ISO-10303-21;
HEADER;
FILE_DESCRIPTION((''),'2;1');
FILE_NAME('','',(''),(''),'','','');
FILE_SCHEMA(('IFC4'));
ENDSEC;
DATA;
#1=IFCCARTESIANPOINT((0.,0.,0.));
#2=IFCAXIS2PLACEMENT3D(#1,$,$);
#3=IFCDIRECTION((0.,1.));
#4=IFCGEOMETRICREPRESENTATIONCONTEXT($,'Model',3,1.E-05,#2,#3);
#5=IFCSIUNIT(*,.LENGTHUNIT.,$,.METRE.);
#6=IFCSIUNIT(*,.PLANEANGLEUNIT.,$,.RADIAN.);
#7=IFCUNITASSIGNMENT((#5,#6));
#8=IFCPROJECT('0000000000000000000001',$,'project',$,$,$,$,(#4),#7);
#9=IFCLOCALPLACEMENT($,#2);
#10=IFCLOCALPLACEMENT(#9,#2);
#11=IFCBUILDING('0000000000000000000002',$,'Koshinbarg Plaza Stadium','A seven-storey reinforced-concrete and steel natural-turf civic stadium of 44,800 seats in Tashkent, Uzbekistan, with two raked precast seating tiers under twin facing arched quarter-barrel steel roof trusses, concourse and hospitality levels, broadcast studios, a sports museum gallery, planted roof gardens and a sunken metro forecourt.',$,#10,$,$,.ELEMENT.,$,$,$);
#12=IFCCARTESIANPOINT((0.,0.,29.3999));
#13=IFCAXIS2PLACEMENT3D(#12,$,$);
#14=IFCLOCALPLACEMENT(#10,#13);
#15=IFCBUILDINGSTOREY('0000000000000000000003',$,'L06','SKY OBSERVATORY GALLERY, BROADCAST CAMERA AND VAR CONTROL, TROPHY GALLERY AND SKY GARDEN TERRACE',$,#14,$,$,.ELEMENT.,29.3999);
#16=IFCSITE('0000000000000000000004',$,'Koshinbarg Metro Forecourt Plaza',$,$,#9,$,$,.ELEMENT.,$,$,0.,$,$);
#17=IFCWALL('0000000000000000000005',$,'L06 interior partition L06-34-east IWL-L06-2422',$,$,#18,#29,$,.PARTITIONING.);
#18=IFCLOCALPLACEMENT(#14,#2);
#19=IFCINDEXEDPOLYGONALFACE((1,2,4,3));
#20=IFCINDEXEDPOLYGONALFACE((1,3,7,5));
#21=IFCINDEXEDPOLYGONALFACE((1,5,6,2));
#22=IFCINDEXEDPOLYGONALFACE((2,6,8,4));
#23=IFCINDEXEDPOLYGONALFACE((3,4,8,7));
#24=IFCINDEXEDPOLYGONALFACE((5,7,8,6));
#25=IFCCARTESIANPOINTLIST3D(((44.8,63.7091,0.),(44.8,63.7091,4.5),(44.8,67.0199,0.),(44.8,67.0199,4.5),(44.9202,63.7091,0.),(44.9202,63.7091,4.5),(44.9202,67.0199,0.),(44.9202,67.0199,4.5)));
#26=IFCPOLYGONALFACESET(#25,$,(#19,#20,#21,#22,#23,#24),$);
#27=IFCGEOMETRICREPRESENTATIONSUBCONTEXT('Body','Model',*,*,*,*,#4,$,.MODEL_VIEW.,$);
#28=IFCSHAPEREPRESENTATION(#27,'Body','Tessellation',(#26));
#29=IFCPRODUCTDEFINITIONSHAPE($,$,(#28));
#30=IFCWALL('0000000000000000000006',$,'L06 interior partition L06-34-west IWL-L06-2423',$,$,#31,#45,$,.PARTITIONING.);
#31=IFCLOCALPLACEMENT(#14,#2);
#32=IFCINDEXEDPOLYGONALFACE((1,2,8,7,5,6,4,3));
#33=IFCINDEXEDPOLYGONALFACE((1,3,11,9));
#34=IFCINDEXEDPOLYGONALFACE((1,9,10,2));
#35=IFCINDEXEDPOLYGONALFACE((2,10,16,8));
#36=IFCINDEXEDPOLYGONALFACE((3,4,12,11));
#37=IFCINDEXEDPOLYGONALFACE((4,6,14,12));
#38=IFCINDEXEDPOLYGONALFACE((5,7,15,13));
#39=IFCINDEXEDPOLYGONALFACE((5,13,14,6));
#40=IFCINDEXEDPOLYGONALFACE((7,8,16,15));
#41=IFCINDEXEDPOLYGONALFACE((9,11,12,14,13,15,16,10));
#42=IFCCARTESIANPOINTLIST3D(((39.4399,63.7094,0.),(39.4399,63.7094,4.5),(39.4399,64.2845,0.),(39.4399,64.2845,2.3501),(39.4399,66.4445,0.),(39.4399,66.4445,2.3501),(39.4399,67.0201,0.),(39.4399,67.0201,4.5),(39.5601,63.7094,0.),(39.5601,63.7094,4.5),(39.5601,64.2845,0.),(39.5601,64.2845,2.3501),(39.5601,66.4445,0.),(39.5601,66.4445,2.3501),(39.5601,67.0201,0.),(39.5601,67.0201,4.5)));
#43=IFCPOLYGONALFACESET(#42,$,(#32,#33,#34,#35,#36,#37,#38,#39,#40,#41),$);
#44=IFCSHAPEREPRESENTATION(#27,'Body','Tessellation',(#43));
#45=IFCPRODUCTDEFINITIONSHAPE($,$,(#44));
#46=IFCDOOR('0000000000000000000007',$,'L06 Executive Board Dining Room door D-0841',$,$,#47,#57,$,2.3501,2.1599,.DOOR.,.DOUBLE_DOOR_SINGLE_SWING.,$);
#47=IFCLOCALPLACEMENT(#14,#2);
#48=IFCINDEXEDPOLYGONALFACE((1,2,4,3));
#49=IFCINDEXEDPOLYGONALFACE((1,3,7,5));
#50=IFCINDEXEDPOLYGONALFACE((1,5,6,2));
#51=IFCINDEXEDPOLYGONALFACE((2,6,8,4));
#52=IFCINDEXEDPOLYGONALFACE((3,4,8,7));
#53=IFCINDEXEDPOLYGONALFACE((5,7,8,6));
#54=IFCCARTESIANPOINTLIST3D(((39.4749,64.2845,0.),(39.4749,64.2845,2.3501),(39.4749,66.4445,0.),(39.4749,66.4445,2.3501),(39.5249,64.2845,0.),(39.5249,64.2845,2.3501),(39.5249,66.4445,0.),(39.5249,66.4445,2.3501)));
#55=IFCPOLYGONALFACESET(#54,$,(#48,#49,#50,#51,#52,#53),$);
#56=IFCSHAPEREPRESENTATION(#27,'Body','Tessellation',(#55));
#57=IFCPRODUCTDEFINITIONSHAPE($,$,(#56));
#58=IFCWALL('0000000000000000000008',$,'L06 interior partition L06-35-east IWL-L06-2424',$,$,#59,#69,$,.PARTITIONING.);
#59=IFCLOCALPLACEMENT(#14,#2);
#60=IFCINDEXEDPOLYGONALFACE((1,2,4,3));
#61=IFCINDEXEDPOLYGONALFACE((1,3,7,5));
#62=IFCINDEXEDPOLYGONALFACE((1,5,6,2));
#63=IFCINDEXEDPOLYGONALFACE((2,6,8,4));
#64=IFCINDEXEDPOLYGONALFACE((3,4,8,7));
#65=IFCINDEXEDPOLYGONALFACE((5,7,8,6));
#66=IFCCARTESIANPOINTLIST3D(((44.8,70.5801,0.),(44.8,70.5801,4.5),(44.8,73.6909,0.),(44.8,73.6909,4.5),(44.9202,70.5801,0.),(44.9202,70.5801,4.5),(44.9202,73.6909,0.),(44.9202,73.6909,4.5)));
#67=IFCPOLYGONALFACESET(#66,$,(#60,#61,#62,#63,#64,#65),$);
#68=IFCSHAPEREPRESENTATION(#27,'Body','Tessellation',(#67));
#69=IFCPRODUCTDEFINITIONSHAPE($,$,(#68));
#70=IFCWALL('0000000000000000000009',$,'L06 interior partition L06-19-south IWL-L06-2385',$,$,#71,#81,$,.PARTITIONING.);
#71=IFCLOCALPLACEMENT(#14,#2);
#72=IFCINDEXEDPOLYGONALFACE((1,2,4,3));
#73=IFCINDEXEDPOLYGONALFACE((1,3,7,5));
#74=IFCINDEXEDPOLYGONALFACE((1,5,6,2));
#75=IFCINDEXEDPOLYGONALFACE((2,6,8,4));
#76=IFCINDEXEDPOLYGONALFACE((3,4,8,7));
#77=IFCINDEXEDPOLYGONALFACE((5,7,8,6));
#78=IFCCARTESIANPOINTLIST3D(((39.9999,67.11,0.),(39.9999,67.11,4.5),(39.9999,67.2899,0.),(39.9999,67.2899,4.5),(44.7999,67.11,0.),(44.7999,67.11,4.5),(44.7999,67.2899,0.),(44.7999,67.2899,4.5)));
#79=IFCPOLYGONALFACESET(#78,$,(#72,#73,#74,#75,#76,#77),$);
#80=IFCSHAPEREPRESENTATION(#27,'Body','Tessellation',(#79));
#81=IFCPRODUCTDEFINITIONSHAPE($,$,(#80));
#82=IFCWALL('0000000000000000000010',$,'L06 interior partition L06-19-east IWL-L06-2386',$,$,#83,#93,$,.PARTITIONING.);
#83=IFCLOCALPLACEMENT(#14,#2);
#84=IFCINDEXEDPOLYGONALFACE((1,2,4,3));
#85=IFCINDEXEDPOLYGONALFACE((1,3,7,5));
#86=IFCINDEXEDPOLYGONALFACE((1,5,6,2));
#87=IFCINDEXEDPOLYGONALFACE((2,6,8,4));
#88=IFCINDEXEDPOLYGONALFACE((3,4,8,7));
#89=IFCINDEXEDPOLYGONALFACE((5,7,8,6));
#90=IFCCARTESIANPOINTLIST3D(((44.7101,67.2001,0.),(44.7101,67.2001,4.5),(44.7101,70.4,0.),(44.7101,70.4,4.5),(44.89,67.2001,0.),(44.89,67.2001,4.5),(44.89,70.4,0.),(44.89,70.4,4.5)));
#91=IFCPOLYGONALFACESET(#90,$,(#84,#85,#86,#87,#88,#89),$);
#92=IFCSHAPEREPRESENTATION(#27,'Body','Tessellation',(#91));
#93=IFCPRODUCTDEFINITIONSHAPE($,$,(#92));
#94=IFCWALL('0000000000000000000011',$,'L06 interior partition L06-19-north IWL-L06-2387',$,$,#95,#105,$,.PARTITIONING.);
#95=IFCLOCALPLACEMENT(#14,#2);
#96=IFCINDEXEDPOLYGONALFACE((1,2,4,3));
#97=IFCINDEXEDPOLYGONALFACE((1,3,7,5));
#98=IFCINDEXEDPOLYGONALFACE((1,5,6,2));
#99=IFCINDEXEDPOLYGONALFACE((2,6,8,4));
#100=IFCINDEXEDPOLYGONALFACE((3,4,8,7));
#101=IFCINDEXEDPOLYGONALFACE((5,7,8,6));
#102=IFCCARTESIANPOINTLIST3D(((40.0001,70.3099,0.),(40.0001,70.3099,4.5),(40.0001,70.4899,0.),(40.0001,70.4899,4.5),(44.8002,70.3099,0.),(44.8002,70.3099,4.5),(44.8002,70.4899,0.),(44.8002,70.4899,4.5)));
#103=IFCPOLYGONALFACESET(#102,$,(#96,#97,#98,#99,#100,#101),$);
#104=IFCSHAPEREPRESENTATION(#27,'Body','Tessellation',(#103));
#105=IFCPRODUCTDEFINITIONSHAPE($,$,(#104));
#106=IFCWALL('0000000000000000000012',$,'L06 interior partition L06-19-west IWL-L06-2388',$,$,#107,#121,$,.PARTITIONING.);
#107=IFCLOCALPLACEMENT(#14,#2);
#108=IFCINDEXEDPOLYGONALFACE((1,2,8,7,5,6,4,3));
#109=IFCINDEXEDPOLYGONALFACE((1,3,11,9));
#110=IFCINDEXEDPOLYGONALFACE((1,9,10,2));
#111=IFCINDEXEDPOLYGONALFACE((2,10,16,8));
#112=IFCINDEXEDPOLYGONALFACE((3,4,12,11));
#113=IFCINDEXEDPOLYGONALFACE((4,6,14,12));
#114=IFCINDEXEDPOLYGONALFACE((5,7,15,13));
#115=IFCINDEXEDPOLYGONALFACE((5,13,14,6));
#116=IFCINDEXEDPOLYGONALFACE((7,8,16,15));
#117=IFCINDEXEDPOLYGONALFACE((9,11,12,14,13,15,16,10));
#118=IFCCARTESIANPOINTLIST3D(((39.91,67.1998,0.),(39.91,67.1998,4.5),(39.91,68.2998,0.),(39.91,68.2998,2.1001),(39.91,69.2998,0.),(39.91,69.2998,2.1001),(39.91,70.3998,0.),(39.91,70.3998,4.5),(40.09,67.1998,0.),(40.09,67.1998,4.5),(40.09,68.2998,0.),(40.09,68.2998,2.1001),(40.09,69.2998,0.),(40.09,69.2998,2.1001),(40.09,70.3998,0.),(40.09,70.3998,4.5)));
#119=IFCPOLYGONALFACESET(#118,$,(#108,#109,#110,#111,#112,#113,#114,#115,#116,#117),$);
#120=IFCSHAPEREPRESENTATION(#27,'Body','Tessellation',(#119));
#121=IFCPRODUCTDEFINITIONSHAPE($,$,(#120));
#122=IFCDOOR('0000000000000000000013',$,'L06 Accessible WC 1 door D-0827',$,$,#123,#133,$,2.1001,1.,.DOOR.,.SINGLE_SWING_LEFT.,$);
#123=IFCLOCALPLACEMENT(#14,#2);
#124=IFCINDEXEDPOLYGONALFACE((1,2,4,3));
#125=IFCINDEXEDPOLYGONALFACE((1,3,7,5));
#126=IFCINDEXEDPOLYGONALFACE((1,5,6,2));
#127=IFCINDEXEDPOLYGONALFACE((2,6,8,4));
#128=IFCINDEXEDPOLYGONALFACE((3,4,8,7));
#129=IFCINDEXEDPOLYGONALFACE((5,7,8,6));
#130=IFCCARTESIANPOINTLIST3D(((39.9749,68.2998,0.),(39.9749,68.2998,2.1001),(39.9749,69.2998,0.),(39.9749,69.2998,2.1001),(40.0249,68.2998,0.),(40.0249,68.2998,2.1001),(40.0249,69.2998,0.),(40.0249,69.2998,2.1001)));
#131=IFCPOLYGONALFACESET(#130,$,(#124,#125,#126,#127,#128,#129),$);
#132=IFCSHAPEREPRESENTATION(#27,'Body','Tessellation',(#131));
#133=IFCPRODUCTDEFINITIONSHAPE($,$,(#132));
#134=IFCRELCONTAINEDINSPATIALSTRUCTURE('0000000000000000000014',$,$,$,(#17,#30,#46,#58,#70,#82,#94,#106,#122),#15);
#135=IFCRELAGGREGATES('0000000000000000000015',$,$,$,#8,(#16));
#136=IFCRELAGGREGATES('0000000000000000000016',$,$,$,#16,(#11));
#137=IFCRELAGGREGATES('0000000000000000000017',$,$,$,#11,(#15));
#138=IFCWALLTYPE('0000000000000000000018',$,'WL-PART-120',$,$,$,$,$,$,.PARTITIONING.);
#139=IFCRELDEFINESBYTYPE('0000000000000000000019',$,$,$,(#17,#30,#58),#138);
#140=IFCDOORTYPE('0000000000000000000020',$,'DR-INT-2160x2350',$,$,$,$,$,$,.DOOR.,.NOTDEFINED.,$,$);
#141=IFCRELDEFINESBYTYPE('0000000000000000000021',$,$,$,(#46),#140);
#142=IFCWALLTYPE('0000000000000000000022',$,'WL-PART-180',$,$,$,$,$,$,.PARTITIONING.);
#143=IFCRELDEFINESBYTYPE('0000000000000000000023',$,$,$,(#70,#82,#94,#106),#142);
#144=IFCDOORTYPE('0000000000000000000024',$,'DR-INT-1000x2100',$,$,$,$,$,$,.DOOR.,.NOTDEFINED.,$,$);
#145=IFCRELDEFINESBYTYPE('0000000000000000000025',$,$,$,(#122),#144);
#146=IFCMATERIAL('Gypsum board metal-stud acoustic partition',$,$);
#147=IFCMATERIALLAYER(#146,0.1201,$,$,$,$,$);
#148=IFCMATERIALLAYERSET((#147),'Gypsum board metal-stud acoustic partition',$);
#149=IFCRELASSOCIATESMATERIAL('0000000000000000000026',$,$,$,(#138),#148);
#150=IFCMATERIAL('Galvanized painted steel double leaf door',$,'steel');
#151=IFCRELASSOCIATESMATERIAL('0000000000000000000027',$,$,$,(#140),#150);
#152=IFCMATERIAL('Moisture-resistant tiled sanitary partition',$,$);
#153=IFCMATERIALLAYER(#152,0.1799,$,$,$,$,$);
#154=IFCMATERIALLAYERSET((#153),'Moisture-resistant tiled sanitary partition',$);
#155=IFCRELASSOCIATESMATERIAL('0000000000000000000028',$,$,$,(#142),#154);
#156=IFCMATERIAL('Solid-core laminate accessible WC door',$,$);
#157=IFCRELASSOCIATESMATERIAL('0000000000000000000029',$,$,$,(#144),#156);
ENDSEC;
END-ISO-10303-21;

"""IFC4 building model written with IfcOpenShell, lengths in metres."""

from ifc_helpers import new_model, si_unit, direction, frame, frame_2d, origin, place, context, subcontext, project, spatial, rectangle, extrude, material, layer, layer_set, type_object, element, fill, save


model = new_model("IFC4")

# Units and contexts
model_context = context("Model", 3, precision=1e-05, world=origin(), true_north=direction((0.0, 1.0)))
body_context = subcontext(model_context, "Body", "Model", "MODEL_VIEW")
ifc_project = project(units=[si_unit("LENGTHUNIT", "METRE"), si_unit("PLANEANGLEUNIT", "RADIAN")], contexts=[model_context])

# Site, building, storey
site_placement = place(None, origin())
site = spatial("IfcSite", under=ifc_project, at=site_placement, Name="Koshinbarg Metro Forecourt Plaza", CompositionType="ELEMENT", RefElevation=0.0)
building_placement = place(site_placement, origin())
building = spatial("IfcBuilding", under=site, at=building_placement, Name="Koshinbarg Plaza Stadium", Description="A seven-storey reinforced-concrete and steel natural-turf civic stadium of 44,800 seats in Tashkent, Uzbekistan, with two raked precast seating tiers under twin facing arched quarter-barrel steel roof trusses, concourse and hospitality levels, broadcast studios, a sports museum gallery, planted roof gardens and a sunken metro forecourt.", CompositionType="ELEMENT")
storey_placement = place(building_placement, frame((0.0, 0.0, 29.3999)))
storey = spatial("IfcBuildingStorey", under=building, at=storey_placement, Name="L06", Description="SKY OBSERVATORY GALLERY, BROADCAST CAMERA AND VAR CONTROL, TROPHY GALLERY AND SKY GARDEN TERRACE", CompositionType="ELEMENT", Elevation=29.3999)

# Shared definitions
ifc_material_1 = material(Name="Gypsum board metal-stud acoustic partition")
ifc_layer_1 = layer(ifc_material_1, 0.1201)
ifc_layer_set_1 = layer_set([ifc_layer_1], Name="Gypsum board metal-stud acoustic partition")
wall_type_1 = type_object("IfcWallType", Name="WL-PART-120", PredefinedType="PARTITIONING", material=ifc_layer_set_1)

# Wall
wall_1_placement = place(storey_placement, frame((44.8601, 63.7092, 0.0), z_axis=(0.0, 0.0, 1.0), x_axis=(0.0, 1.0, 0.0)))
element("IfcWall", 1, at=wall_1_placement, inside=storey, type_object=wall_type_1, Name="L06 interior partition L06-34-east IWL-L06-2422", PredefinedType="PARTITIONING", context=body_context, shape_type="SweptSolid", body=[
    extrude(rectangle(XDim=3.3108, YDim=0.1201, at=frame_2d((1.6553, 0.0))), origin(), (0.0, 0.0, 1.0), 4.5),
])

# Wall, opening, door
wall_2_placement = place(storey_placement, frame((39.5, 67.02, 0.0), z_axis=(0.0, 0.0, 1.0), x_axis=(0.0, -1.0, 0.0)))
wall_2 = element("IfcWall", 2, at=wall_2_placement, inside=storey, type_object=wall_type_1, Name="L06 interior partition L06-34-west IWL-L06-2423", PredefinedType="PARTITIONING", context=body_context, shape_type="SweptSolid", body=[
    extrude(rectangle(XDim=3.3108, YDim=0.1201, at=frame_2d((1.6553, 0.0))), origin(), (0.0, 0.0, 1.0), 4.5),
])
opening_1_placement = place(wall_2_placement, frame((0.5754, 0.0, 0.0)))
opening_1 = element("IfcOpeningElement", 3, at=opening_1_placement, cuts=wall_2, PredefinedType="OPENING", context=body_context, shape_type="SweptSolid", body=[
    extrude(rectangle(XDim=2.1599, YDim=2.3501, at=frame_2d((1.0801, 1.175))), frame((0.0, 0.0701, 0.0), z_axis=(0.0, -1.0, 0.0), x_axis=(1.0, 0.0, 0.0)), (0.0, 0.0, 1.0), 0.1401),
])
ifc_material_2 = material(Name="Galvanized painted steel double leaf door", Category="steel")
door_type_1 = type_object("IfcDoorType", Name="DR-INT-2160x2350", OperationType="NOTDEFINED", PredefinedType="DOOR", material=ifc_material_2)
door_1_placement = place(opening_1_placement, origin())
door_1 = element("IfcDoor", 4, at=door_1_placement, inside=storey, type_object=door_type_1, Name="L06 Executive Board Dining Room door D-0841", OperationType="DOUBLE_DOOR_SINGLE_SWING", OverallHeight=2.3501, OverallWidth=2.1599, PredefinedType="DOOR", context=body_context, shape_type="SweptSolid", body=[
    extrude(rectangle(XDim=2.1599, YDim=2.3501, at=frame_2d((1.0801, 1.175))), frame((0.0, 0.0249, 0.0), z_axis=(0.0, -1.0, 0.0), x_axis=(1.0, 0.0, 0.0)), (0.0, 0.0, 1.0), 0.05),
])
fill(opening_1, door_1)

# Wall
wall_3_placement = place(storey_placement, frame((44.8601, 70.5801, 0.0), z_axis=(0.0, 0.0, 1.0), x_axis=(0.0, 1.0, 0.0)))
element("IfcWall", 5, at=wall_3_placement, inside=storey, type_object=wall_type_1, Name="L06 interior partition L06-35-east IWL-L06-2424", PredefinedType="PARTITIONING", context=body_context, shape_type="SweptSolid", body=[
    extrude(rectangle(XDim=3.1108, YDim=0.1201, at=frame_2d((1.5554, 0.0))), origin(), (0.0, 0.0, 1.0), 4.5),
])

# Walls
ifc_material_3 = material(Name="Moisture-resistant tiled sanitary partition")
ifc_layer_2 = layer(ifc_material_3, 0.1799)
ifc_layer_set_2 = layer_set([ifc_layer_2], Name="Moisture-resistant tiled sanitary partition")
wall_type_2 = type_object("IfcWallType", Name="WL-PART-180", PredefinedType="PARTITIONING", material=ifc_layer_set_2)
wall_4_placement = place(storey_placement, frame((40.0, 67.2, 0.0), z_axis=(0.0, 0.0, 1.0), x_axis=(1.0, 0.0, 0.0)))
element("IfcWall", 6, at=wall_4_placement, inside=storey, type_object=wall_type_2, Name="L06 interior partition L06-19-south IWL-L06-2385", PredefinedType="PARTITIONING", context=body_context, shape_type="SweptSolid", body=[
    extrude(rectangle(XDim=4.8, YDim=0.1799, at=frame_2d((2.3999, 0.0))), origin(), (0.0, 0.0, 1.0), 4.5),
])
wall_5_placement = place(storey_placement, frame((44.8, 67.2, 0.0), z_axis=(0.0, 0.0, 1.0), x_axis=(0.0, 1.0, 0.0)))
element("IfcWall", 7, at=wall_5_placement, inside=storey, type_object=wall_type_2, Name="L06 interior partition L06-19-east IWL-L06-2386", PredefinedType="PARTITIONING", context=body_context, shape_type="SweptSolid", body=[
    extrude(rectangle(XDim=3.2, YDim=0.1799, at=frame_2d((1.6001, 0.0))), origin(), (0.0, 0.0, 1.0), 4.5),
])
wall_6_placement = place(storey_placement, frame((44.8, 70.3999, 0.0), z_axis=(0.0, 0.0, 1.0), x_axis=(-1.0, 0.0, 0.0)))
element("IfcWall", 8, at=wall_6_placement, inside=storey, type_object=wall_type_2, Name="L06 interior partition L06-19-north IWL-L06-2387", PredefinedType="PARTITIONING", context=body_context, shape_type="SweptSolid", body=[
    extrude(rectangle(XDim=4.8, YDim=0.1799, at=frame_2d((2.3999, 0.0))), origin(), (0.0, 0.0, 1.0), 4.5),
])

# Wall, opening, door
wall_7_placement = place(storey_placement, frame((40.0, 70.3999, 0.0), z_axis=(0.0, 0.0, 1.0), x_axis=(0.0, -1.0, 0.0)))
wall_7 = element("IfcWall", 9, at=wall_7_placement, inside=storey, type_object=wall_type_2, Name="L06 interior partition L06-19-west IWL-L06-2388", PredefinedType="PARTITIONING", context=body_context, shape_type="SweptSolid", body=[
    extrude(rectangle(XDim=3.2, YDim=0.1799, at=frame_2d((1.6001, 0.0))), origin(), (0.0, 0.0, 1.0), 4.5),
])
opening_2_placement = place(wall_7_placement, frame((1.1001, 0.0, 0.0)))
opening_2 = element("IfcOpeningElement", 10, at=opening_2_placement, cuts=wall_7, PredefinedType="OPENING", context=body_context, shape_type="SweptSolid", body=[
    extrude(rectangle(XDim=1.0, YDim=2.1001, at=frame_2d((0.5, 1.05))), frame((0.0, 0.0999, 0.0), z_axis=(0.0, -1.0, 0.0), x_axis=(1.0, 0.0, 0.0)), (0.0, 0.0, 1.0), 0.2),
])
ifc_material_4 = material(Name="Solid-core laminate accessible WC door")
door_type_2 = type_object("IfcDoorType", Name="DR-INT-1000x2100", OperationType="NOTDEFINED", PredefinedType="DOOR", material=ifc_material_4)
door_2_placement = place(opening_2_placement, origin())
door_2 = element("IfcDoor", 11, at=door_2_placement, inside=storey, type_object=door_type_2, Name="L06 Accessible WC 1 door D-0827", OperationType="SINGLE_SWING_LEFT", OverallHeight=2.1001, OverallWidth=1.0, PredefinedType="DOOR", context=body_context, shape_type="SweptSolid", body=[
    extrude(rectangle(XDim=1.0, YDim=2.1001, at=frame_2d((0.5, 1.05))), frame((0.0, 0.0249, 0.0), z_axis=(0.0, -1.0, 0.0), x_axis=(1.0, 0.0, 0.0)), (0.0, 0.0, 1.0), 0.05),
])
fill(opening_2, door_2)

save(model, "model.ifc")
